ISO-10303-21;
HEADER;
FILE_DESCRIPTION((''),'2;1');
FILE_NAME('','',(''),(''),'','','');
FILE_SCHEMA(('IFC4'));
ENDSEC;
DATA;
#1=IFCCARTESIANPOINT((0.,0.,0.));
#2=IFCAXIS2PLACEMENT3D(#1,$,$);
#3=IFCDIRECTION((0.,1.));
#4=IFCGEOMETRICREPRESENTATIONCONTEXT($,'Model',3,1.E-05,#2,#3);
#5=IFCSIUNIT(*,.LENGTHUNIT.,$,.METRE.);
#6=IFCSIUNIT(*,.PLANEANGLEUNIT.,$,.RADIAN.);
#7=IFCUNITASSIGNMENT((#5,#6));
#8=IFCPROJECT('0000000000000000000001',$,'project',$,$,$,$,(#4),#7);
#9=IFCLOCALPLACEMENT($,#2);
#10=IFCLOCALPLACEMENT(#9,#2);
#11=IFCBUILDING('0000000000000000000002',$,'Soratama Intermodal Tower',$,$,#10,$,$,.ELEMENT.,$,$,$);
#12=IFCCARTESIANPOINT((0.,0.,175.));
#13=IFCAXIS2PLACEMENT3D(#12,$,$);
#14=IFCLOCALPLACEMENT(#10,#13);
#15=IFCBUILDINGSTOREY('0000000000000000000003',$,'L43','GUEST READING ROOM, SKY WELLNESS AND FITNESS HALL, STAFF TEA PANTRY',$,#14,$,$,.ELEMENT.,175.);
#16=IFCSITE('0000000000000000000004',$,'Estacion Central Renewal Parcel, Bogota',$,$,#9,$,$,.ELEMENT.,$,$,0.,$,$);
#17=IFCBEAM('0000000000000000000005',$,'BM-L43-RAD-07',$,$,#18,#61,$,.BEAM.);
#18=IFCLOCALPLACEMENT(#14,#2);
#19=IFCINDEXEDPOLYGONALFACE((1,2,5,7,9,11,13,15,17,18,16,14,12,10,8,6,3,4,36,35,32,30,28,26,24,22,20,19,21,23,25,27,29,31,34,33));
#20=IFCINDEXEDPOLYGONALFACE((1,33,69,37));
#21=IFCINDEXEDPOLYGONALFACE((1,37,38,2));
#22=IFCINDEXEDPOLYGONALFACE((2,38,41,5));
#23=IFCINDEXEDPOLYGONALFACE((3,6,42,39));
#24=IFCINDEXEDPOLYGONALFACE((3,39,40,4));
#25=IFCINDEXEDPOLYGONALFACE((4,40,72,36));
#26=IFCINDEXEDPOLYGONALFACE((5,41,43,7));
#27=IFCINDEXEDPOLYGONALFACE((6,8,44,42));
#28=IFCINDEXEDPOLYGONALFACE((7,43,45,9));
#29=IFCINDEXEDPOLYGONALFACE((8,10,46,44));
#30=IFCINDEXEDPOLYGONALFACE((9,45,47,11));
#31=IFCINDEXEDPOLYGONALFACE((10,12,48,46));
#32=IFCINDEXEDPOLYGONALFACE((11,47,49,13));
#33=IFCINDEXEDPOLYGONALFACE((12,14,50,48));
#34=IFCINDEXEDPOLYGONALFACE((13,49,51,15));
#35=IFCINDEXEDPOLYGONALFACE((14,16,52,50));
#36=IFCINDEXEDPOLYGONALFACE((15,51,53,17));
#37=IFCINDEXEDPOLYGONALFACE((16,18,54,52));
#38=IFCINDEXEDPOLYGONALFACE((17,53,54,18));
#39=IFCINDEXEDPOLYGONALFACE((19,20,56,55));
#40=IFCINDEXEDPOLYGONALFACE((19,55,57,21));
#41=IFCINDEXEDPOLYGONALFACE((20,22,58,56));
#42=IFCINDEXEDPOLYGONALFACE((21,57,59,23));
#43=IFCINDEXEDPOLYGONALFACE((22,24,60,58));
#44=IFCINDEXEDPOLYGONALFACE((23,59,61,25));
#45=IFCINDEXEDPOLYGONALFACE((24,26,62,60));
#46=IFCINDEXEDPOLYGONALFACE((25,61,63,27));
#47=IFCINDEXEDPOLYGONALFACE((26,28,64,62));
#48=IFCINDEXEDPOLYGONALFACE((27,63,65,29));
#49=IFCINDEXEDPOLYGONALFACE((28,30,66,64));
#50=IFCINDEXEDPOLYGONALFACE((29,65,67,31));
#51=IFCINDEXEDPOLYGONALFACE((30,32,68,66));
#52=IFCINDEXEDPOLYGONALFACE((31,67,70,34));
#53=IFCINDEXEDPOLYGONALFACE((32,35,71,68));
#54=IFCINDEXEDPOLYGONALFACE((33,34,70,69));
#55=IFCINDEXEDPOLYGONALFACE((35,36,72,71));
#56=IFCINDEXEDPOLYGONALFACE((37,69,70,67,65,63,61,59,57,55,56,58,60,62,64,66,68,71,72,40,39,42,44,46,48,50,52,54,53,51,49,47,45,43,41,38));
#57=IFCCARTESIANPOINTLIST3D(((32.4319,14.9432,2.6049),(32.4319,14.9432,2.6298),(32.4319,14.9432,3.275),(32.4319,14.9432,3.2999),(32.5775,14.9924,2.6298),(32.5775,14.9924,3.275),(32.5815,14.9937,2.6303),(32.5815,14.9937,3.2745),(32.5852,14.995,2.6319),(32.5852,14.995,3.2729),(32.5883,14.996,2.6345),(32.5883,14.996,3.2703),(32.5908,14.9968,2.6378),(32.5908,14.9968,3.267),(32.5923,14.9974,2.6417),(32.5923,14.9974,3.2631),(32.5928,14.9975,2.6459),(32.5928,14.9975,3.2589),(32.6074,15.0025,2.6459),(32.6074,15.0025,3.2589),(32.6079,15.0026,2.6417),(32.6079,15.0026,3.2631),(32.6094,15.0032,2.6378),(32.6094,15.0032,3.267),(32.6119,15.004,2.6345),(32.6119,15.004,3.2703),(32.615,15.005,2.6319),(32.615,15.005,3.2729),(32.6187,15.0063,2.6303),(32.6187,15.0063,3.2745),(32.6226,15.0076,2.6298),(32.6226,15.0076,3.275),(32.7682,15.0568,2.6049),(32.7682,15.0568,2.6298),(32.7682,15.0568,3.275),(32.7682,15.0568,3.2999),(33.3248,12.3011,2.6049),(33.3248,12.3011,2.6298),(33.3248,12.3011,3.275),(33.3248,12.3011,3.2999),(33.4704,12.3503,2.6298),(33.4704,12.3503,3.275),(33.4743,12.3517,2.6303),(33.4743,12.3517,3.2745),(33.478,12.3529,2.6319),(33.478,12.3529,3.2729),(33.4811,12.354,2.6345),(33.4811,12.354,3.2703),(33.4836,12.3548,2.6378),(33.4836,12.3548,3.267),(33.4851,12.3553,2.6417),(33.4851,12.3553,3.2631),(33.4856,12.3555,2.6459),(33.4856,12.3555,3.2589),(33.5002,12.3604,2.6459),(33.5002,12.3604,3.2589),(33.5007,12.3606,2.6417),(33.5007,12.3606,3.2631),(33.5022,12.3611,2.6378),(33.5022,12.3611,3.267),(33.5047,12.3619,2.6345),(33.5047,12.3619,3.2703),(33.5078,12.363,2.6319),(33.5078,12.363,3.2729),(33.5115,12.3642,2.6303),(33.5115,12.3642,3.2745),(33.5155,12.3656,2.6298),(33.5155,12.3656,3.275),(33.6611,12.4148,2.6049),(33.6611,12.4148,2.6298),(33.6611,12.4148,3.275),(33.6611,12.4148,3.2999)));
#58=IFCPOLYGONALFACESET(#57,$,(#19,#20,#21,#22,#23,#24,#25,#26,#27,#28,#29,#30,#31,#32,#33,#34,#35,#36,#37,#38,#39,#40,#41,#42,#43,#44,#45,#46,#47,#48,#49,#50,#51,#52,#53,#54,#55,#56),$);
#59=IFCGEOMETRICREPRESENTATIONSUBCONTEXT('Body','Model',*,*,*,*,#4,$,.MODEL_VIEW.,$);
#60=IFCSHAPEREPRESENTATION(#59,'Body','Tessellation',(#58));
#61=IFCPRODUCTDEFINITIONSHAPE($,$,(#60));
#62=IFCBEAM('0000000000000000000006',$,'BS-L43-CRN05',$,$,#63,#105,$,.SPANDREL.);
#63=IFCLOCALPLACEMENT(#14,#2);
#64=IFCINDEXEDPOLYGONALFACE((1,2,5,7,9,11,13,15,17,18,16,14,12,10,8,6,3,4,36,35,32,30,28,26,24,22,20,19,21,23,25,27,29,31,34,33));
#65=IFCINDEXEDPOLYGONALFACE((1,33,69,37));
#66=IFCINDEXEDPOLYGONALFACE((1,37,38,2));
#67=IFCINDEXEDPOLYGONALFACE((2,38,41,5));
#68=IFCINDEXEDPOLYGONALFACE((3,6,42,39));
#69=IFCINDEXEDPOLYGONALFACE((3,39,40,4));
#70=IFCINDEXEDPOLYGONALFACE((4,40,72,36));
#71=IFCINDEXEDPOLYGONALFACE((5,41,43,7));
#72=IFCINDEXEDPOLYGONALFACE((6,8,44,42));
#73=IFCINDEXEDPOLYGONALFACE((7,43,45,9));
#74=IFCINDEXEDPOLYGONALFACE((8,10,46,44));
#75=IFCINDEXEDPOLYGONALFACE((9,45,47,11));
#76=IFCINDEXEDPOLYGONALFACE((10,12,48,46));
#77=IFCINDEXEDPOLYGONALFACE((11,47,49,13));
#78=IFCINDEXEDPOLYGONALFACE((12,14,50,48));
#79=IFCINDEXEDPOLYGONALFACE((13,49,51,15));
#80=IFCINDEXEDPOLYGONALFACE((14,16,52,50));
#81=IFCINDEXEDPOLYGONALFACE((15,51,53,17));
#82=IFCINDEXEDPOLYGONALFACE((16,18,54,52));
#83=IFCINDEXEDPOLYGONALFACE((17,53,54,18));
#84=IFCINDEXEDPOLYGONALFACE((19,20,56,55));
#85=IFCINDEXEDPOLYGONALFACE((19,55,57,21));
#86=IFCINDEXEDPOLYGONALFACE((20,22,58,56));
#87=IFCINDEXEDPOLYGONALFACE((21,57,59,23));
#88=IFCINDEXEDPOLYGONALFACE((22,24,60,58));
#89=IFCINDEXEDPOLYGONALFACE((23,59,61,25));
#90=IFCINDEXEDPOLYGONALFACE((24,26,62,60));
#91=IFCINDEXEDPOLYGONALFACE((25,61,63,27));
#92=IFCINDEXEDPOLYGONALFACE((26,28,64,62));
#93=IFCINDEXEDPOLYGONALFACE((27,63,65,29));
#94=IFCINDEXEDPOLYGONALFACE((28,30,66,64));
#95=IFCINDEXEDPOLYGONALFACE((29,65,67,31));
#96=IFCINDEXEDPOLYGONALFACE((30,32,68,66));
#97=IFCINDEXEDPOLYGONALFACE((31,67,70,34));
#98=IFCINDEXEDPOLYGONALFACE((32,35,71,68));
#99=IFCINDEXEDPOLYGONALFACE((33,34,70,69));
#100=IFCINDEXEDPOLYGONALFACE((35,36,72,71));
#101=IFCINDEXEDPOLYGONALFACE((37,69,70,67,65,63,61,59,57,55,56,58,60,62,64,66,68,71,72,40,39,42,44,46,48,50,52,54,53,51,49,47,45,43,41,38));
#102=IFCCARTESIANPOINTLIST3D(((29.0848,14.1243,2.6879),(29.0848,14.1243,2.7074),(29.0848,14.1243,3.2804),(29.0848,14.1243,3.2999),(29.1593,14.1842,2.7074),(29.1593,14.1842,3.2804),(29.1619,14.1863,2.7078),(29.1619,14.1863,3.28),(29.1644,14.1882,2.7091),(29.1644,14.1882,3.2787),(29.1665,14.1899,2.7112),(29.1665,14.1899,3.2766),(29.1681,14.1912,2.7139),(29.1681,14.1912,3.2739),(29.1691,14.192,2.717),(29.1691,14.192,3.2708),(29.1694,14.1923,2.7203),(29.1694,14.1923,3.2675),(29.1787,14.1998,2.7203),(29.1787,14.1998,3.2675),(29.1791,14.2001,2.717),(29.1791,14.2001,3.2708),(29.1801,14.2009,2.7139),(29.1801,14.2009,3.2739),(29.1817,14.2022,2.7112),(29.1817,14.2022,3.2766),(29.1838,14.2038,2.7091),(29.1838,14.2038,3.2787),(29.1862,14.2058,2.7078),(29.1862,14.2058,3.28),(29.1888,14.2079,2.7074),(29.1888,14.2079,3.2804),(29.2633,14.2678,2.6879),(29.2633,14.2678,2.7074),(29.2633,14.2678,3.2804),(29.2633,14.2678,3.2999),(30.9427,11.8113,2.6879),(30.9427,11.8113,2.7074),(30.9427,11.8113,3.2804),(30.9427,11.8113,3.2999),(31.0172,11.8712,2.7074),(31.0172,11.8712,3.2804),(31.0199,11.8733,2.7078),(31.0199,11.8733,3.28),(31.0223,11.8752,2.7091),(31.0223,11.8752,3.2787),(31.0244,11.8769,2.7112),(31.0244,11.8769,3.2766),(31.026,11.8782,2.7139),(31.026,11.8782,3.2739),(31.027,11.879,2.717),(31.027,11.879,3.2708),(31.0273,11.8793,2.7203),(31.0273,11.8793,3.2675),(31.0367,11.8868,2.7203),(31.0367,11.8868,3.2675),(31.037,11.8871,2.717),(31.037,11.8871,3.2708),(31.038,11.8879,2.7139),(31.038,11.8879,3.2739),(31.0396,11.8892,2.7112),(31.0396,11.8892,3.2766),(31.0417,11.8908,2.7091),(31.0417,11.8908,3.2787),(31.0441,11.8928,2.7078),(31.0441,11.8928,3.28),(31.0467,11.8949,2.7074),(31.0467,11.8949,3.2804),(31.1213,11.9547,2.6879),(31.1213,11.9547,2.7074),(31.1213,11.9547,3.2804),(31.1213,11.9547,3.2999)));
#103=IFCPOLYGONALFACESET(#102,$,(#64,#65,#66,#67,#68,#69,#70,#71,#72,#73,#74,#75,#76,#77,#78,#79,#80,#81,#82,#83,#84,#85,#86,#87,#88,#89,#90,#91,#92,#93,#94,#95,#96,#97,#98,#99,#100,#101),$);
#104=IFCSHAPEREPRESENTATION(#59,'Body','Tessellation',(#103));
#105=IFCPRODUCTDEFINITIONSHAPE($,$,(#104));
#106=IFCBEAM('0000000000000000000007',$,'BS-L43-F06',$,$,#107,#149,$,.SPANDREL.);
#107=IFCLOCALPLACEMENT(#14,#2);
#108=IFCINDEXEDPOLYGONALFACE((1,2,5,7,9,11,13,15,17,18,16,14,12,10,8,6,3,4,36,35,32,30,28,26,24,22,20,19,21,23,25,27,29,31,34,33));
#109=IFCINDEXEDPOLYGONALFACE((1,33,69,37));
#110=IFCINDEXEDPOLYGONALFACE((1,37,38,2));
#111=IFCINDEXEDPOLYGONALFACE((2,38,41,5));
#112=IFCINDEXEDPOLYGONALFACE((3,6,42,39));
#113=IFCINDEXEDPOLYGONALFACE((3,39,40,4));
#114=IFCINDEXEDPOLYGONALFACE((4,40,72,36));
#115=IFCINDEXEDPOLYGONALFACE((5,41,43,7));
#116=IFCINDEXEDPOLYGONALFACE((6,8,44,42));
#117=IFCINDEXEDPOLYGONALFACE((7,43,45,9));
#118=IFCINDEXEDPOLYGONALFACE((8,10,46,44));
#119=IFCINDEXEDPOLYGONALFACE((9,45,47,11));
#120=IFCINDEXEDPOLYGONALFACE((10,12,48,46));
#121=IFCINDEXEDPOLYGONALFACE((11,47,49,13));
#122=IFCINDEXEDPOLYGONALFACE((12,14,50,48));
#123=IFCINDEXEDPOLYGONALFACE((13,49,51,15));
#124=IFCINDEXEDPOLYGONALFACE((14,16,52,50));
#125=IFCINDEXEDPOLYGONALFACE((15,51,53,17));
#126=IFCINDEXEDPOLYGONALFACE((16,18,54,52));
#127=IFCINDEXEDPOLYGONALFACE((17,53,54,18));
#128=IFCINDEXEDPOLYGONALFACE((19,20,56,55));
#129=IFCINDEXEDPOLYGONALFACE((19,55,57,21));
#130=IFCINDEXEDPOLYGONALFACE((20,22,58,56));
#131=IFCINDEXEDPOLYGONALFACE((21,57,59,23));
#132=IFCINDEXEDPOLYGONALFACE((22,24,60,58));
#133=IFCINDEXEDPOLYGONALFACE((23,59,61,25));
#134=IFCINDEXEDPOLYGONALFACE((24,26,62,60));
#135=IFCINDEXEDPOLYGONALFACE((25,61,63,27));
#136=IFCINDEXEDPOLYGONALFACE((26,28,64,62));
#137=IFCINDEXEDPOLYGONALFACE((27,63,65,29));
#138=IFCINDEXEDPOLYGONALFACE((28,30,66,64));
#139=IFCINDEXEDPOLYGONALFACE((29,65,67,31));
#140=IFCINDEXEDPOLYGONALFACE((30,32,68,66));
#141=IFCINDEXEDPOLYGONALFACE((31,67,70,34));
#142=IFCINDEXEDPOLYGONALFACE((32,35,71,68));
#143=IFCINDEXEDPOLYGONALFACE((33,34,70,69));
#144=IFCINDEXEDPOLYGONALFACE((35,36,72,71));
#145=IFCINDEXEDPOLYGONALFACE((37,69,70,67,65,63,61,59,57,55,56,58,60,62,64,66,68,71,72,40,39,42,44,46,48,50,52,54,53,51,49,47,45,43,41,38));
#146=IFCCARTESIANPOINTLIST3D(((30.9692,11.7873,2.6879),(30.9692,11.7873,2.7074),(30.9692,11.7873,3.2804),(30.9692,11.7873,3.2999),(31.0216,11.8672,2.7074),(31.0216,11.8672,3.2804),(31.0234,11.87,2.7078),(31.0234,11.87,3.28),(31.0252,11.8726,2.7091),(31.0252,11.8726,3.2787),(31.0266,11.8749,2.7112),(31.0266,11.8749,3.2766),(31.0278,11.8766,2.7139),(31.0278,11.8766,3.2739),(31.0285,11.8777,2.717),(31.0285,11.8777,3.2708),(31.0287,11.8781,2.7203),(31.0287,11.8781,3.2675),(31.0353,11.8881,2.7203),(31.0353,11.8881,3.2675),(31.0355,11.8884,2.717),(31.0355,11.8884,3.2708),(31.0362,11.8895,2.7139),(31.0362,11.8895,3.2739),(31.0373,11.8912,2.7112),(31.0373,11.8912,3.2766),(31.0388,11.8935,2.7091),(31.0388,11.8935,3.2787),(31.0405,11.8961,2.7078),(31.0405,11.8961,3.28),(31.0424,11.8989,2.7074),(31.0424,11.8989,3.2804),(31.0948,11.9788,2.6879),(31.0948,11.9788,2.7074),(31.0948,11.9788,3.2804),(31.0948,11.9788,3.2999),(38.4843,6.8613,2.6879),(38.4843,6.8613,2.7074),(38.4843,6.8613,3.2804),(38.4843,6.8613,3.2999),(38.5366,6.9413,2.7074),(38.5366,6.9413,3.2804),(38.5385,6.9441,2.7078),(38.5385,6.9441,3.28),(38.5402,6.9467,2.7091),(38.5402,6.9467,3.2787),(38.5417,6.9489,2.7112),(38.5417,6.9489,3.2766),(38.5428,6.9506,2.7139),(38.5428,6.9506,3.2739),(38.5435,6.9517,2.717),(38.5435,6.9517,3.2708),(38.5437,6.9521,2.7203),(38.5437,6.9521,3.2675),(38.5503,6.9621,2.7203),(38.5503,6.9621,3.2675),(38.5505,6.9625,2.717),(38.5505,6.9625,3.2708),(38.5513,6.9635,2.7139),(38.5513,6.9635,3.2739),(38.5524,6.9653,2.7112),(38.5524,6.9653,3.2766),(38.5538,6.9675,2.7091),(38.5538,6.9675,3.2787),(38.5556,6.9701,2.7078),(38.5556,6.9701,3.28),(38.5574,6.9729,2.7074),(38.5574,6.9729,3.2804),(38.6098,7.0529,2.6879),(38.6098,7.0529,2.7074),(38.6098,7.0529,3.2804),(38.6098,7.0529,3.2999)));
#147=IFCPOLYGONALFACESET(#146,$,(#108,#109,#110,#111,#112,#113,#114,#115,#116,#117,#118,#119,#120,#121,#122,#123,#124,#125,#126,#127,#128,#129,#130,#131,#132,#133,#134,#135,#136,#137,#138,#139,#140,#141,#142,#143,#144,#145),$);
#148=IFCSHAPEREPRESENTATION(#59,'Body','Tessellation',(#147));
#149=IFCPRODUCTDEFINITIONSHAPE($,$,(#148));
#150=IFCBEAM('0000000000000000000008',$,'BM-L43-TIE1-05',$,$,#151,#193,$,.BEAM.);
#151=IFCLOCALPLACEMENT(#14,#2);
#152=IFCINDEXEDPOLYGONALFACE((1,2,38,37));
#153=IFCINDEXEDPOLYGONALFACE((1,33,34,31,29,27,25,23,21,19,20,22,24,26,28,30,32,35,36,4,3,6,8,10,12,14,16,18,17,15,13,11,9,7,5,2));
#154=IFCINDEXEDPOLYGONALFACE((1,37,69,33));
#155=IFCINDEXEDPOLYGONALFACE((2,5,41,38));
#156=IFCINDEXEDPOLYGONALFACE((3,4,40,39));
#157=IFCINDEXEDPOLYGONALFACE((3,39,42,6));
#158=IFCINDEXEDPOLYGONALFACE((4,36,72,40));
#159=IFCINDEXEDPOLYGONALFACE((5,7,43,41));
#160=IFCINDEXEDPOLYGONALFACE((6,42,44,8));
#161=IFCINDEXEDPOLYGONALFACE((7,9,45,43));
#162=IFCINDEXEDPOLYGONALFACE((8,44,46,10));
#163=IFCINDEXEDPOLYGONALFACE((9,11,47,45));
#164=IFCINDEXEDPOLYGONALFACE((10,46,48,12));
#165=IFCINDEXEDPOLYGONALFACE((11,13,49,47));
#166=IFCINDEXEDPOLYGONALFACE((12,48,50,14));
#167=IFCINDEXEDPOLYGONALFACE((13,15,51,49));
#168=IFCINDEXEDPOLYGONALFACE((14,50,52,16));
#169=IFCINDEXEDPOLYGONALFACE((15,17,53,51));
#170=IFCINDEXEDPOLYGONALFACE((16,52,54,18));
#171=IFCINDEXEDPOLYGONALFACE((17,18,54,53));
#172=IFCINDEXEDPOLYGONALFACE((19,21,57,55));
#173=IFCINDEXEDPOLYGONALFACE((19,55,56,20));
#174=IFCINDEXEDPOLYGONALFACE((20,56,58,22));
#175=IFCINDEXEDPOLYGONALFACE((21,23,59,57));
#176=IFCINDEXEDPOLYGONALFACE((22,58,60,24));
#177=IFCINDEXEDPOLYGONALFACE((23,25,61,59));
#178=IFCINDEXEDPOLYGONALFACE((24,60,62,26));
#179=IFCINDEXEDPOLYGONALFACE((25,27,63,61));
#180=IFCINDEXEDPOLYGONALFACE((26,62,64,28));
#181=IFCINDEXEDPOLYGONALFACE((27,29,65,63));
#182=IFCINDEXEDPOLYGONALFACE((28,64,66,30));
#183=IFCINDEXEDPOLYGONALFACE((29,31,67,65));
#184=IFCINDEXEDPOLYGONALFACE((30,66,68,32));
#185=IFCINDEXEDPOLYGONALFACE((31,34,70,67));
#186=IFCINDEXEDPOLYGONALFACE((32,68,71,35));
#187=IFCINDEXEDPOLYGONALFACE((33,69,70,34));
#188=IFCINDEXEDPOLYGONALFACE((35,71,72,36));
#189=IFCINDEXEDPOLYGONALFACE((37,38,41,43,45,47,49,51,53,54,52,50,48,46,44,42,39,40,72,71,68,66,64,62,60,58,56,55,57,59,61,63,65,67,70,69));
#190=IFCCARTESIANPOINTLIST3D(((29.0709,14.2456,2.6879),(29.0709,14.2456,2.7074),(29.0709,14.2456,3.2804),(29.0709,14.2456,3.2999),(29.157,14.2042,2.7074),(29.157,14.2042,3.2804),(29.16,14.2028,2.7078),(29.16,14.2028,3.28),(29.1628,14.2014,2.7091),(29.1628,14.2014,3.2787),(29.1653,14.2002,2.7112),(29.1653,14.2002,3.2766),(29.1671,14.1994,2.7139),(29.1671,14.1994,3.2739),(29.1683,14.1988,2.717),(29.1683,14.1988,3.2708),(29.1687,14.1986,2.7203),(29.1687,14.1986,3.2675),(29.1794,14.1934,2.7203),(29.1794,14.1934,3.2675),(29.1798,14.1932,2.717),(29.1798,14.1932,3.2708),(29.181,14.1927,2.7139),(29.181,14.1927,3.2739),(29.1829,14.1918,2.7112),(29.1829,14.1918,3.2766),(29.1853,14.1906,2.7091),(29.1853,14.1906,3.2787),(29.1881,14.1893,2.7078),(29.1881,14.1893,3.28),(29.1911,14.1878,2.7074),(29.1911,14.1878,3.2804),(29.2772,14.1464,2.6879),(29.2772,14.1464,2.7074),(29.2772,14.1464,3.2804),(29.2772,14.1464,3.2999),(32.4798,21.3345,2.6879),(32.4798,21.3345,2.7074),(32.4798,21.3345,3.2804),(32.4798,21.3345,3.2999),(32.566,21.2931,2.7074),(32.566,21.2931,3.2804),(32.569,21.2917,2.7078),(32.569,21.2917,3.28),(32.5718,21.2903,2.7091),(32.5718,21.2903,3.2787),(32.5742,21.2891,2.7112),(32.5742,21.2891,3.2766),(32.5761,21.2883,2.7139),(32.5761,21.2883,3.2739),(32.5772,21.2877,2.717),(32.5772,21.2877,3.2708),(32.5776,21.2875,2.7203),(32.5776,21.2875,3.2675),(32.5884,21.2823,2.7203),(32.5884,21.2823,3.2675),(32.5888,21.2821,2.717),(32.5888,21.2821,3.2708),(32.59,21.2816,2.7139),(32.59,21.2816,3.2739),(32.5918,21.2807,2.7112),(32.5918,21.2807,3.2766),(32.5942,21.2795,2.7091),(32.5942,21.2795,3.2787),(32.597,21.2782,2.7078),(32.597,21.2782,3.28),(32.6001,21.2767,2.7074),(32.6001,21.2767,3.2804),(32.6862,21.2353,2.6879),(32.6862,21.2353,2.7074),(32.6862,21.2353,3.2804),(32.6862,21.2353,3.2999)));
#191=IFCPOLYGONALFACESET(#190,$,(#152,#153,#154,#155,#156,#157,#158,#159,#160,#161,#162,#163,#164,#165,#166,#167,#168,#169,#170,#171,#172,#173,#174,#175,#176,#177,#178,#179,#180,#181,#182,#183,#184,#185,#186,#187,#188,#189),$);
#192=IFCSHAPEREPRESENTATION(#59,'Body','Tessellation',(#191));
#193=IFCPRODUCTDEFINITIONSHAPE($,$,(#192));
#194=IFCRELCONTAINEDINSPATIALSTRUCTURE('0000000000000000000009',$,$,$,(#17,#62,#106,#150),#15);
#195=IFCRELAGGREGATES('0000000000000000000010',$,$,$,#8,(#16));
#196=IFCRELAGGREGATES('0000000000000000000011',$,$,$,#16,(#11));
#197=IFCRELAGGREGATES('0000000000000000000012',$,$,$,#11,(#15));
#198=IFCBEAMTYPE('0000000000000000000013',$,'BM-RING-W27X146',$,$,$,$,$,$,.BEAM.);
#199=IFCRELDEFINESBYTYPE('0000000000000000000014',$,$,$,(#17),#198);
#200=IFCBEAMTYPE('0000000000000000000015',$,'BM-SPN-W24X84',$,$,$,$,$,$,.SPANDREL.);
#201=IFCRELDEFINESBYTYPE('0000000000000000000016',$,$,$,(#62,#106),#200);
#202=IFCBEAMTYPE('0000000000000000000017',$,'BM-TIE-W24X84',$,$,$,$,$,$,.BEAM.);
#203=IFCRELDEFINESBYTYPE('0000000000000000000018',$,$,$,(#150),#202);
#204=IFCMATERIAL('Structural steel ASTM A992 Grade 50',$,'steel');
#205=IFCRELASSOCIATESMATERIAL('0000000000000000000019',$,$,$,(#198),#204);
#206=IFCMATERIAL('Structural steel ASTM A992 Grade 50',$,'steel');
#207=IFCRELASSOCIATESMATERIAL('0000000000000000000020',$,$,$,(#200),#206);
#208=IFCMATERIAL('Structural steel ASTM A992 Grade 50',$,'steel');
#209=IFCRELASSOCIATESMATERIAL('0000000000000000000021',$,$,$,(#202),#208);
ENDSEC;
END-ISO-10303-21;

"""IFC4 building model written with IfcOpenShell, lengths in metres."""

from ifc_helpers import new_model, si_unit, direction, frame, origin, origin_2d, place, context, subcontext, project, spatial, i_section, extrude, material, material_profile, profile_set, type_object, element, save


model = new_model("IFC4")

# Units and contexts
model_context = context("Model", 3, precision=1e-05, world=origin(), true_north=direction((0.0, 1.0)))
body_context = subcontext(model_context, "Body", "Model", "MODEL_VIEW")
ifc_project = project(units=[si_unit("LENGTHUNIT", "METRE"), si_unit("PLANEANGLEUNIT", "RADIAN")], contexts=[model_context])

# Site, building, storey
site_placement = place(None, origin())
site = spatial("IfcSite", under=ifc_project, at=site_placement, Name="Estacion Central Renewal Parcel, Bogota", CompositionType="ELEMENT", RefElevation=0.0)
building_placement = place(site_placement, origin())
building = spatial("IfcBuilding", under=site, at=building_placement, Name="Soratama Intermodal Tower", CompositionType="ELEMENT")
storey_placement = place(building_placement, frame((0.0, 0.0, 175.0)))
storey = spatial("IfcBuildingStorey", under=building, at=storey_placement, Name="L43", Description="GUEST READING ROOM, SKY WELLNESS AND FITNESS HALL, STAFF TEA PANTRY", CompositionType="ELEMENT", Elevation=175.0)

# Beams
ifc_material_1 = material(Name="Structural steel ASTM A992 Grade 50", Category="steel")
ifc_material_profile_1 = material_profile(ifc_material_1, i_section(OverallWidth=0.355, OverallDepth=0.6951, WebThickness=0.0154, FlangeThickness=0.0249, FilletRadius=0.0161, at=origin_2d()), Name="W27X146")
ifc_profile_set_1 = profile_set([ifc_material_profile_1], Name="Structural steel ASTM A992 Grade 50")
beam_type_1 = type_object("IfcBeamType", Name="BM-RING-W27X146", PredefinedType="BEAM", material=ifc_profile_set_1)
beam_1_placement = place(storey_placement, frame((32.6001, 15.0, 2.9524), z_axis=(0.320138, -0.947371, 0.0), x_axis=(0.947371, 0.320138, 0.0)))
element("IfcBeam", 1, at=beam_1_placement, inside=storey, type_object=beam_type_1, Name="BM-L43-RAD-07", PredefinedType="BEAM", context=body_context, shape_type="SweptSolid", body=[
    extrude(i_section(OverallWidth=0.355, OverallDepth=0.6951, WebThickness=0.0154, FlangeThickness=0.0249, FilletRadius=0.0161, at=origin_2d()), origin(), (0.0, 0.0, 1.0), 2.7888),
])
ifc_material_2 = material(Name="Structural steel ASTM A992 Grade 50", Category="steel")
ifc_material_profile_2 = material_profile(ifc_material_2, i_section(OverallWidth=0.229, OverallDepth=0.6121, WebThickness=0.012, FlangeThickness=0.0195, FilletRadius=0.0129, at=origin_2d()), Name="W24X84")
ifc_profile_set_2 = profile_set([ifc_material_profile_2], Name="Structural steel ASTM A992 Grade 50")
beam_type_2 = type_object("IfcBeamType", Name="BM-SPN-W24X84", PredefinedType="SPANDREL", material=ifc_profile_set_2)
beam_2_placement = place(storey_placement, frame((29.1741, 14.196, 2.9939), z_axis=(0.626239, -0.779631, 0.0), x_axis=(0.779631, 0.626239, 0.0)))
element("IfcBeam", 2, at=beam_2_placement, inside=storey, type_object=beam_type_2, Name="BS-L43-CRN05", PredefinedType="SPANDREL", context=body_context, shape_type="SweptSolid", body=[
    extrude(i_section(OverallWidth=0.229, OverallDepth=0.6121, WebThickness=0.012, FlangeThickness=0.0195, FilletRadius=0.0129, at=origin_2d()), origin(), (0.0, 0.0, 1.0), 2.9668),
])
beam_3_placement = place(storey_placement, frame((31.032, 11.8831, 2.9939), z_axis=(0.836343, -0.548207, 0.0), x_axis=(0.548207, 0.836343, 0.0)))
element("IfcBeam", 3, at=beam_3_placement, inside=storey, type_object=beam_type_2, Name="BS-L43-F06", PredefinedType="SPANDREL", context=body_context, shape_type="SweptSolid", body=[
    extrude(i_section(OverallWidth=0.229, OverallDepth=0.6121, WebThickness=0.012, FlangeThickness=0.0195, FilletRadius=0.0129, at=origin_2d()), origin(), (0.0, 0.0, 1.0), 8.9856),
])
ifc_material_3 = material(Name="Structural steel ASTM A992 Grade 50", Category="steel")
ifc_material_profile_3 = material_profile(ifc_material_3, i_section(OverallWidth=0.229, OverallDepth=0.6121, WebThickness=0.012, FlangeThickness=0.0195, FilletRadius=0.0129, at=origin_2d()), Name="W24X84")
ifc_profile_set_3 = profile_set([ifc_material_profile_3], Name="Structural steel ASTM A992 Grade 50")
beam_type_3 = type_object("IfcBeamType", Name="BM-TIE-W24X84", PredefinedType="BEAM", material=ifc_profile_set_3)
beam_4_placement = place(storey_placement, frame((32.583, 21.2849, 2.9939), z_axis=(-0.43338, -0.901211, 0.0), x_axis=(0.901211, -0.43338, 0.0)))
element("IfcBeam", 4, at=beam_4_placement, inside=storey, type_object=beam_type_3, Name="BM-L43-TIE1-05", PredefinedType="BEAM", context=body_context, shape_type="SweptSolid", body=[
    extrude(i_section(OverallWidth=0.229, OverallDepth=0.6121, WebThickness=0.012, FlangeThickness=0.0195, FilletRadius=0.0129, at=origin_2d()), origin(), (0.0, 0.0, 1.0), 7.866),
])

save(model, "model.ifc")
